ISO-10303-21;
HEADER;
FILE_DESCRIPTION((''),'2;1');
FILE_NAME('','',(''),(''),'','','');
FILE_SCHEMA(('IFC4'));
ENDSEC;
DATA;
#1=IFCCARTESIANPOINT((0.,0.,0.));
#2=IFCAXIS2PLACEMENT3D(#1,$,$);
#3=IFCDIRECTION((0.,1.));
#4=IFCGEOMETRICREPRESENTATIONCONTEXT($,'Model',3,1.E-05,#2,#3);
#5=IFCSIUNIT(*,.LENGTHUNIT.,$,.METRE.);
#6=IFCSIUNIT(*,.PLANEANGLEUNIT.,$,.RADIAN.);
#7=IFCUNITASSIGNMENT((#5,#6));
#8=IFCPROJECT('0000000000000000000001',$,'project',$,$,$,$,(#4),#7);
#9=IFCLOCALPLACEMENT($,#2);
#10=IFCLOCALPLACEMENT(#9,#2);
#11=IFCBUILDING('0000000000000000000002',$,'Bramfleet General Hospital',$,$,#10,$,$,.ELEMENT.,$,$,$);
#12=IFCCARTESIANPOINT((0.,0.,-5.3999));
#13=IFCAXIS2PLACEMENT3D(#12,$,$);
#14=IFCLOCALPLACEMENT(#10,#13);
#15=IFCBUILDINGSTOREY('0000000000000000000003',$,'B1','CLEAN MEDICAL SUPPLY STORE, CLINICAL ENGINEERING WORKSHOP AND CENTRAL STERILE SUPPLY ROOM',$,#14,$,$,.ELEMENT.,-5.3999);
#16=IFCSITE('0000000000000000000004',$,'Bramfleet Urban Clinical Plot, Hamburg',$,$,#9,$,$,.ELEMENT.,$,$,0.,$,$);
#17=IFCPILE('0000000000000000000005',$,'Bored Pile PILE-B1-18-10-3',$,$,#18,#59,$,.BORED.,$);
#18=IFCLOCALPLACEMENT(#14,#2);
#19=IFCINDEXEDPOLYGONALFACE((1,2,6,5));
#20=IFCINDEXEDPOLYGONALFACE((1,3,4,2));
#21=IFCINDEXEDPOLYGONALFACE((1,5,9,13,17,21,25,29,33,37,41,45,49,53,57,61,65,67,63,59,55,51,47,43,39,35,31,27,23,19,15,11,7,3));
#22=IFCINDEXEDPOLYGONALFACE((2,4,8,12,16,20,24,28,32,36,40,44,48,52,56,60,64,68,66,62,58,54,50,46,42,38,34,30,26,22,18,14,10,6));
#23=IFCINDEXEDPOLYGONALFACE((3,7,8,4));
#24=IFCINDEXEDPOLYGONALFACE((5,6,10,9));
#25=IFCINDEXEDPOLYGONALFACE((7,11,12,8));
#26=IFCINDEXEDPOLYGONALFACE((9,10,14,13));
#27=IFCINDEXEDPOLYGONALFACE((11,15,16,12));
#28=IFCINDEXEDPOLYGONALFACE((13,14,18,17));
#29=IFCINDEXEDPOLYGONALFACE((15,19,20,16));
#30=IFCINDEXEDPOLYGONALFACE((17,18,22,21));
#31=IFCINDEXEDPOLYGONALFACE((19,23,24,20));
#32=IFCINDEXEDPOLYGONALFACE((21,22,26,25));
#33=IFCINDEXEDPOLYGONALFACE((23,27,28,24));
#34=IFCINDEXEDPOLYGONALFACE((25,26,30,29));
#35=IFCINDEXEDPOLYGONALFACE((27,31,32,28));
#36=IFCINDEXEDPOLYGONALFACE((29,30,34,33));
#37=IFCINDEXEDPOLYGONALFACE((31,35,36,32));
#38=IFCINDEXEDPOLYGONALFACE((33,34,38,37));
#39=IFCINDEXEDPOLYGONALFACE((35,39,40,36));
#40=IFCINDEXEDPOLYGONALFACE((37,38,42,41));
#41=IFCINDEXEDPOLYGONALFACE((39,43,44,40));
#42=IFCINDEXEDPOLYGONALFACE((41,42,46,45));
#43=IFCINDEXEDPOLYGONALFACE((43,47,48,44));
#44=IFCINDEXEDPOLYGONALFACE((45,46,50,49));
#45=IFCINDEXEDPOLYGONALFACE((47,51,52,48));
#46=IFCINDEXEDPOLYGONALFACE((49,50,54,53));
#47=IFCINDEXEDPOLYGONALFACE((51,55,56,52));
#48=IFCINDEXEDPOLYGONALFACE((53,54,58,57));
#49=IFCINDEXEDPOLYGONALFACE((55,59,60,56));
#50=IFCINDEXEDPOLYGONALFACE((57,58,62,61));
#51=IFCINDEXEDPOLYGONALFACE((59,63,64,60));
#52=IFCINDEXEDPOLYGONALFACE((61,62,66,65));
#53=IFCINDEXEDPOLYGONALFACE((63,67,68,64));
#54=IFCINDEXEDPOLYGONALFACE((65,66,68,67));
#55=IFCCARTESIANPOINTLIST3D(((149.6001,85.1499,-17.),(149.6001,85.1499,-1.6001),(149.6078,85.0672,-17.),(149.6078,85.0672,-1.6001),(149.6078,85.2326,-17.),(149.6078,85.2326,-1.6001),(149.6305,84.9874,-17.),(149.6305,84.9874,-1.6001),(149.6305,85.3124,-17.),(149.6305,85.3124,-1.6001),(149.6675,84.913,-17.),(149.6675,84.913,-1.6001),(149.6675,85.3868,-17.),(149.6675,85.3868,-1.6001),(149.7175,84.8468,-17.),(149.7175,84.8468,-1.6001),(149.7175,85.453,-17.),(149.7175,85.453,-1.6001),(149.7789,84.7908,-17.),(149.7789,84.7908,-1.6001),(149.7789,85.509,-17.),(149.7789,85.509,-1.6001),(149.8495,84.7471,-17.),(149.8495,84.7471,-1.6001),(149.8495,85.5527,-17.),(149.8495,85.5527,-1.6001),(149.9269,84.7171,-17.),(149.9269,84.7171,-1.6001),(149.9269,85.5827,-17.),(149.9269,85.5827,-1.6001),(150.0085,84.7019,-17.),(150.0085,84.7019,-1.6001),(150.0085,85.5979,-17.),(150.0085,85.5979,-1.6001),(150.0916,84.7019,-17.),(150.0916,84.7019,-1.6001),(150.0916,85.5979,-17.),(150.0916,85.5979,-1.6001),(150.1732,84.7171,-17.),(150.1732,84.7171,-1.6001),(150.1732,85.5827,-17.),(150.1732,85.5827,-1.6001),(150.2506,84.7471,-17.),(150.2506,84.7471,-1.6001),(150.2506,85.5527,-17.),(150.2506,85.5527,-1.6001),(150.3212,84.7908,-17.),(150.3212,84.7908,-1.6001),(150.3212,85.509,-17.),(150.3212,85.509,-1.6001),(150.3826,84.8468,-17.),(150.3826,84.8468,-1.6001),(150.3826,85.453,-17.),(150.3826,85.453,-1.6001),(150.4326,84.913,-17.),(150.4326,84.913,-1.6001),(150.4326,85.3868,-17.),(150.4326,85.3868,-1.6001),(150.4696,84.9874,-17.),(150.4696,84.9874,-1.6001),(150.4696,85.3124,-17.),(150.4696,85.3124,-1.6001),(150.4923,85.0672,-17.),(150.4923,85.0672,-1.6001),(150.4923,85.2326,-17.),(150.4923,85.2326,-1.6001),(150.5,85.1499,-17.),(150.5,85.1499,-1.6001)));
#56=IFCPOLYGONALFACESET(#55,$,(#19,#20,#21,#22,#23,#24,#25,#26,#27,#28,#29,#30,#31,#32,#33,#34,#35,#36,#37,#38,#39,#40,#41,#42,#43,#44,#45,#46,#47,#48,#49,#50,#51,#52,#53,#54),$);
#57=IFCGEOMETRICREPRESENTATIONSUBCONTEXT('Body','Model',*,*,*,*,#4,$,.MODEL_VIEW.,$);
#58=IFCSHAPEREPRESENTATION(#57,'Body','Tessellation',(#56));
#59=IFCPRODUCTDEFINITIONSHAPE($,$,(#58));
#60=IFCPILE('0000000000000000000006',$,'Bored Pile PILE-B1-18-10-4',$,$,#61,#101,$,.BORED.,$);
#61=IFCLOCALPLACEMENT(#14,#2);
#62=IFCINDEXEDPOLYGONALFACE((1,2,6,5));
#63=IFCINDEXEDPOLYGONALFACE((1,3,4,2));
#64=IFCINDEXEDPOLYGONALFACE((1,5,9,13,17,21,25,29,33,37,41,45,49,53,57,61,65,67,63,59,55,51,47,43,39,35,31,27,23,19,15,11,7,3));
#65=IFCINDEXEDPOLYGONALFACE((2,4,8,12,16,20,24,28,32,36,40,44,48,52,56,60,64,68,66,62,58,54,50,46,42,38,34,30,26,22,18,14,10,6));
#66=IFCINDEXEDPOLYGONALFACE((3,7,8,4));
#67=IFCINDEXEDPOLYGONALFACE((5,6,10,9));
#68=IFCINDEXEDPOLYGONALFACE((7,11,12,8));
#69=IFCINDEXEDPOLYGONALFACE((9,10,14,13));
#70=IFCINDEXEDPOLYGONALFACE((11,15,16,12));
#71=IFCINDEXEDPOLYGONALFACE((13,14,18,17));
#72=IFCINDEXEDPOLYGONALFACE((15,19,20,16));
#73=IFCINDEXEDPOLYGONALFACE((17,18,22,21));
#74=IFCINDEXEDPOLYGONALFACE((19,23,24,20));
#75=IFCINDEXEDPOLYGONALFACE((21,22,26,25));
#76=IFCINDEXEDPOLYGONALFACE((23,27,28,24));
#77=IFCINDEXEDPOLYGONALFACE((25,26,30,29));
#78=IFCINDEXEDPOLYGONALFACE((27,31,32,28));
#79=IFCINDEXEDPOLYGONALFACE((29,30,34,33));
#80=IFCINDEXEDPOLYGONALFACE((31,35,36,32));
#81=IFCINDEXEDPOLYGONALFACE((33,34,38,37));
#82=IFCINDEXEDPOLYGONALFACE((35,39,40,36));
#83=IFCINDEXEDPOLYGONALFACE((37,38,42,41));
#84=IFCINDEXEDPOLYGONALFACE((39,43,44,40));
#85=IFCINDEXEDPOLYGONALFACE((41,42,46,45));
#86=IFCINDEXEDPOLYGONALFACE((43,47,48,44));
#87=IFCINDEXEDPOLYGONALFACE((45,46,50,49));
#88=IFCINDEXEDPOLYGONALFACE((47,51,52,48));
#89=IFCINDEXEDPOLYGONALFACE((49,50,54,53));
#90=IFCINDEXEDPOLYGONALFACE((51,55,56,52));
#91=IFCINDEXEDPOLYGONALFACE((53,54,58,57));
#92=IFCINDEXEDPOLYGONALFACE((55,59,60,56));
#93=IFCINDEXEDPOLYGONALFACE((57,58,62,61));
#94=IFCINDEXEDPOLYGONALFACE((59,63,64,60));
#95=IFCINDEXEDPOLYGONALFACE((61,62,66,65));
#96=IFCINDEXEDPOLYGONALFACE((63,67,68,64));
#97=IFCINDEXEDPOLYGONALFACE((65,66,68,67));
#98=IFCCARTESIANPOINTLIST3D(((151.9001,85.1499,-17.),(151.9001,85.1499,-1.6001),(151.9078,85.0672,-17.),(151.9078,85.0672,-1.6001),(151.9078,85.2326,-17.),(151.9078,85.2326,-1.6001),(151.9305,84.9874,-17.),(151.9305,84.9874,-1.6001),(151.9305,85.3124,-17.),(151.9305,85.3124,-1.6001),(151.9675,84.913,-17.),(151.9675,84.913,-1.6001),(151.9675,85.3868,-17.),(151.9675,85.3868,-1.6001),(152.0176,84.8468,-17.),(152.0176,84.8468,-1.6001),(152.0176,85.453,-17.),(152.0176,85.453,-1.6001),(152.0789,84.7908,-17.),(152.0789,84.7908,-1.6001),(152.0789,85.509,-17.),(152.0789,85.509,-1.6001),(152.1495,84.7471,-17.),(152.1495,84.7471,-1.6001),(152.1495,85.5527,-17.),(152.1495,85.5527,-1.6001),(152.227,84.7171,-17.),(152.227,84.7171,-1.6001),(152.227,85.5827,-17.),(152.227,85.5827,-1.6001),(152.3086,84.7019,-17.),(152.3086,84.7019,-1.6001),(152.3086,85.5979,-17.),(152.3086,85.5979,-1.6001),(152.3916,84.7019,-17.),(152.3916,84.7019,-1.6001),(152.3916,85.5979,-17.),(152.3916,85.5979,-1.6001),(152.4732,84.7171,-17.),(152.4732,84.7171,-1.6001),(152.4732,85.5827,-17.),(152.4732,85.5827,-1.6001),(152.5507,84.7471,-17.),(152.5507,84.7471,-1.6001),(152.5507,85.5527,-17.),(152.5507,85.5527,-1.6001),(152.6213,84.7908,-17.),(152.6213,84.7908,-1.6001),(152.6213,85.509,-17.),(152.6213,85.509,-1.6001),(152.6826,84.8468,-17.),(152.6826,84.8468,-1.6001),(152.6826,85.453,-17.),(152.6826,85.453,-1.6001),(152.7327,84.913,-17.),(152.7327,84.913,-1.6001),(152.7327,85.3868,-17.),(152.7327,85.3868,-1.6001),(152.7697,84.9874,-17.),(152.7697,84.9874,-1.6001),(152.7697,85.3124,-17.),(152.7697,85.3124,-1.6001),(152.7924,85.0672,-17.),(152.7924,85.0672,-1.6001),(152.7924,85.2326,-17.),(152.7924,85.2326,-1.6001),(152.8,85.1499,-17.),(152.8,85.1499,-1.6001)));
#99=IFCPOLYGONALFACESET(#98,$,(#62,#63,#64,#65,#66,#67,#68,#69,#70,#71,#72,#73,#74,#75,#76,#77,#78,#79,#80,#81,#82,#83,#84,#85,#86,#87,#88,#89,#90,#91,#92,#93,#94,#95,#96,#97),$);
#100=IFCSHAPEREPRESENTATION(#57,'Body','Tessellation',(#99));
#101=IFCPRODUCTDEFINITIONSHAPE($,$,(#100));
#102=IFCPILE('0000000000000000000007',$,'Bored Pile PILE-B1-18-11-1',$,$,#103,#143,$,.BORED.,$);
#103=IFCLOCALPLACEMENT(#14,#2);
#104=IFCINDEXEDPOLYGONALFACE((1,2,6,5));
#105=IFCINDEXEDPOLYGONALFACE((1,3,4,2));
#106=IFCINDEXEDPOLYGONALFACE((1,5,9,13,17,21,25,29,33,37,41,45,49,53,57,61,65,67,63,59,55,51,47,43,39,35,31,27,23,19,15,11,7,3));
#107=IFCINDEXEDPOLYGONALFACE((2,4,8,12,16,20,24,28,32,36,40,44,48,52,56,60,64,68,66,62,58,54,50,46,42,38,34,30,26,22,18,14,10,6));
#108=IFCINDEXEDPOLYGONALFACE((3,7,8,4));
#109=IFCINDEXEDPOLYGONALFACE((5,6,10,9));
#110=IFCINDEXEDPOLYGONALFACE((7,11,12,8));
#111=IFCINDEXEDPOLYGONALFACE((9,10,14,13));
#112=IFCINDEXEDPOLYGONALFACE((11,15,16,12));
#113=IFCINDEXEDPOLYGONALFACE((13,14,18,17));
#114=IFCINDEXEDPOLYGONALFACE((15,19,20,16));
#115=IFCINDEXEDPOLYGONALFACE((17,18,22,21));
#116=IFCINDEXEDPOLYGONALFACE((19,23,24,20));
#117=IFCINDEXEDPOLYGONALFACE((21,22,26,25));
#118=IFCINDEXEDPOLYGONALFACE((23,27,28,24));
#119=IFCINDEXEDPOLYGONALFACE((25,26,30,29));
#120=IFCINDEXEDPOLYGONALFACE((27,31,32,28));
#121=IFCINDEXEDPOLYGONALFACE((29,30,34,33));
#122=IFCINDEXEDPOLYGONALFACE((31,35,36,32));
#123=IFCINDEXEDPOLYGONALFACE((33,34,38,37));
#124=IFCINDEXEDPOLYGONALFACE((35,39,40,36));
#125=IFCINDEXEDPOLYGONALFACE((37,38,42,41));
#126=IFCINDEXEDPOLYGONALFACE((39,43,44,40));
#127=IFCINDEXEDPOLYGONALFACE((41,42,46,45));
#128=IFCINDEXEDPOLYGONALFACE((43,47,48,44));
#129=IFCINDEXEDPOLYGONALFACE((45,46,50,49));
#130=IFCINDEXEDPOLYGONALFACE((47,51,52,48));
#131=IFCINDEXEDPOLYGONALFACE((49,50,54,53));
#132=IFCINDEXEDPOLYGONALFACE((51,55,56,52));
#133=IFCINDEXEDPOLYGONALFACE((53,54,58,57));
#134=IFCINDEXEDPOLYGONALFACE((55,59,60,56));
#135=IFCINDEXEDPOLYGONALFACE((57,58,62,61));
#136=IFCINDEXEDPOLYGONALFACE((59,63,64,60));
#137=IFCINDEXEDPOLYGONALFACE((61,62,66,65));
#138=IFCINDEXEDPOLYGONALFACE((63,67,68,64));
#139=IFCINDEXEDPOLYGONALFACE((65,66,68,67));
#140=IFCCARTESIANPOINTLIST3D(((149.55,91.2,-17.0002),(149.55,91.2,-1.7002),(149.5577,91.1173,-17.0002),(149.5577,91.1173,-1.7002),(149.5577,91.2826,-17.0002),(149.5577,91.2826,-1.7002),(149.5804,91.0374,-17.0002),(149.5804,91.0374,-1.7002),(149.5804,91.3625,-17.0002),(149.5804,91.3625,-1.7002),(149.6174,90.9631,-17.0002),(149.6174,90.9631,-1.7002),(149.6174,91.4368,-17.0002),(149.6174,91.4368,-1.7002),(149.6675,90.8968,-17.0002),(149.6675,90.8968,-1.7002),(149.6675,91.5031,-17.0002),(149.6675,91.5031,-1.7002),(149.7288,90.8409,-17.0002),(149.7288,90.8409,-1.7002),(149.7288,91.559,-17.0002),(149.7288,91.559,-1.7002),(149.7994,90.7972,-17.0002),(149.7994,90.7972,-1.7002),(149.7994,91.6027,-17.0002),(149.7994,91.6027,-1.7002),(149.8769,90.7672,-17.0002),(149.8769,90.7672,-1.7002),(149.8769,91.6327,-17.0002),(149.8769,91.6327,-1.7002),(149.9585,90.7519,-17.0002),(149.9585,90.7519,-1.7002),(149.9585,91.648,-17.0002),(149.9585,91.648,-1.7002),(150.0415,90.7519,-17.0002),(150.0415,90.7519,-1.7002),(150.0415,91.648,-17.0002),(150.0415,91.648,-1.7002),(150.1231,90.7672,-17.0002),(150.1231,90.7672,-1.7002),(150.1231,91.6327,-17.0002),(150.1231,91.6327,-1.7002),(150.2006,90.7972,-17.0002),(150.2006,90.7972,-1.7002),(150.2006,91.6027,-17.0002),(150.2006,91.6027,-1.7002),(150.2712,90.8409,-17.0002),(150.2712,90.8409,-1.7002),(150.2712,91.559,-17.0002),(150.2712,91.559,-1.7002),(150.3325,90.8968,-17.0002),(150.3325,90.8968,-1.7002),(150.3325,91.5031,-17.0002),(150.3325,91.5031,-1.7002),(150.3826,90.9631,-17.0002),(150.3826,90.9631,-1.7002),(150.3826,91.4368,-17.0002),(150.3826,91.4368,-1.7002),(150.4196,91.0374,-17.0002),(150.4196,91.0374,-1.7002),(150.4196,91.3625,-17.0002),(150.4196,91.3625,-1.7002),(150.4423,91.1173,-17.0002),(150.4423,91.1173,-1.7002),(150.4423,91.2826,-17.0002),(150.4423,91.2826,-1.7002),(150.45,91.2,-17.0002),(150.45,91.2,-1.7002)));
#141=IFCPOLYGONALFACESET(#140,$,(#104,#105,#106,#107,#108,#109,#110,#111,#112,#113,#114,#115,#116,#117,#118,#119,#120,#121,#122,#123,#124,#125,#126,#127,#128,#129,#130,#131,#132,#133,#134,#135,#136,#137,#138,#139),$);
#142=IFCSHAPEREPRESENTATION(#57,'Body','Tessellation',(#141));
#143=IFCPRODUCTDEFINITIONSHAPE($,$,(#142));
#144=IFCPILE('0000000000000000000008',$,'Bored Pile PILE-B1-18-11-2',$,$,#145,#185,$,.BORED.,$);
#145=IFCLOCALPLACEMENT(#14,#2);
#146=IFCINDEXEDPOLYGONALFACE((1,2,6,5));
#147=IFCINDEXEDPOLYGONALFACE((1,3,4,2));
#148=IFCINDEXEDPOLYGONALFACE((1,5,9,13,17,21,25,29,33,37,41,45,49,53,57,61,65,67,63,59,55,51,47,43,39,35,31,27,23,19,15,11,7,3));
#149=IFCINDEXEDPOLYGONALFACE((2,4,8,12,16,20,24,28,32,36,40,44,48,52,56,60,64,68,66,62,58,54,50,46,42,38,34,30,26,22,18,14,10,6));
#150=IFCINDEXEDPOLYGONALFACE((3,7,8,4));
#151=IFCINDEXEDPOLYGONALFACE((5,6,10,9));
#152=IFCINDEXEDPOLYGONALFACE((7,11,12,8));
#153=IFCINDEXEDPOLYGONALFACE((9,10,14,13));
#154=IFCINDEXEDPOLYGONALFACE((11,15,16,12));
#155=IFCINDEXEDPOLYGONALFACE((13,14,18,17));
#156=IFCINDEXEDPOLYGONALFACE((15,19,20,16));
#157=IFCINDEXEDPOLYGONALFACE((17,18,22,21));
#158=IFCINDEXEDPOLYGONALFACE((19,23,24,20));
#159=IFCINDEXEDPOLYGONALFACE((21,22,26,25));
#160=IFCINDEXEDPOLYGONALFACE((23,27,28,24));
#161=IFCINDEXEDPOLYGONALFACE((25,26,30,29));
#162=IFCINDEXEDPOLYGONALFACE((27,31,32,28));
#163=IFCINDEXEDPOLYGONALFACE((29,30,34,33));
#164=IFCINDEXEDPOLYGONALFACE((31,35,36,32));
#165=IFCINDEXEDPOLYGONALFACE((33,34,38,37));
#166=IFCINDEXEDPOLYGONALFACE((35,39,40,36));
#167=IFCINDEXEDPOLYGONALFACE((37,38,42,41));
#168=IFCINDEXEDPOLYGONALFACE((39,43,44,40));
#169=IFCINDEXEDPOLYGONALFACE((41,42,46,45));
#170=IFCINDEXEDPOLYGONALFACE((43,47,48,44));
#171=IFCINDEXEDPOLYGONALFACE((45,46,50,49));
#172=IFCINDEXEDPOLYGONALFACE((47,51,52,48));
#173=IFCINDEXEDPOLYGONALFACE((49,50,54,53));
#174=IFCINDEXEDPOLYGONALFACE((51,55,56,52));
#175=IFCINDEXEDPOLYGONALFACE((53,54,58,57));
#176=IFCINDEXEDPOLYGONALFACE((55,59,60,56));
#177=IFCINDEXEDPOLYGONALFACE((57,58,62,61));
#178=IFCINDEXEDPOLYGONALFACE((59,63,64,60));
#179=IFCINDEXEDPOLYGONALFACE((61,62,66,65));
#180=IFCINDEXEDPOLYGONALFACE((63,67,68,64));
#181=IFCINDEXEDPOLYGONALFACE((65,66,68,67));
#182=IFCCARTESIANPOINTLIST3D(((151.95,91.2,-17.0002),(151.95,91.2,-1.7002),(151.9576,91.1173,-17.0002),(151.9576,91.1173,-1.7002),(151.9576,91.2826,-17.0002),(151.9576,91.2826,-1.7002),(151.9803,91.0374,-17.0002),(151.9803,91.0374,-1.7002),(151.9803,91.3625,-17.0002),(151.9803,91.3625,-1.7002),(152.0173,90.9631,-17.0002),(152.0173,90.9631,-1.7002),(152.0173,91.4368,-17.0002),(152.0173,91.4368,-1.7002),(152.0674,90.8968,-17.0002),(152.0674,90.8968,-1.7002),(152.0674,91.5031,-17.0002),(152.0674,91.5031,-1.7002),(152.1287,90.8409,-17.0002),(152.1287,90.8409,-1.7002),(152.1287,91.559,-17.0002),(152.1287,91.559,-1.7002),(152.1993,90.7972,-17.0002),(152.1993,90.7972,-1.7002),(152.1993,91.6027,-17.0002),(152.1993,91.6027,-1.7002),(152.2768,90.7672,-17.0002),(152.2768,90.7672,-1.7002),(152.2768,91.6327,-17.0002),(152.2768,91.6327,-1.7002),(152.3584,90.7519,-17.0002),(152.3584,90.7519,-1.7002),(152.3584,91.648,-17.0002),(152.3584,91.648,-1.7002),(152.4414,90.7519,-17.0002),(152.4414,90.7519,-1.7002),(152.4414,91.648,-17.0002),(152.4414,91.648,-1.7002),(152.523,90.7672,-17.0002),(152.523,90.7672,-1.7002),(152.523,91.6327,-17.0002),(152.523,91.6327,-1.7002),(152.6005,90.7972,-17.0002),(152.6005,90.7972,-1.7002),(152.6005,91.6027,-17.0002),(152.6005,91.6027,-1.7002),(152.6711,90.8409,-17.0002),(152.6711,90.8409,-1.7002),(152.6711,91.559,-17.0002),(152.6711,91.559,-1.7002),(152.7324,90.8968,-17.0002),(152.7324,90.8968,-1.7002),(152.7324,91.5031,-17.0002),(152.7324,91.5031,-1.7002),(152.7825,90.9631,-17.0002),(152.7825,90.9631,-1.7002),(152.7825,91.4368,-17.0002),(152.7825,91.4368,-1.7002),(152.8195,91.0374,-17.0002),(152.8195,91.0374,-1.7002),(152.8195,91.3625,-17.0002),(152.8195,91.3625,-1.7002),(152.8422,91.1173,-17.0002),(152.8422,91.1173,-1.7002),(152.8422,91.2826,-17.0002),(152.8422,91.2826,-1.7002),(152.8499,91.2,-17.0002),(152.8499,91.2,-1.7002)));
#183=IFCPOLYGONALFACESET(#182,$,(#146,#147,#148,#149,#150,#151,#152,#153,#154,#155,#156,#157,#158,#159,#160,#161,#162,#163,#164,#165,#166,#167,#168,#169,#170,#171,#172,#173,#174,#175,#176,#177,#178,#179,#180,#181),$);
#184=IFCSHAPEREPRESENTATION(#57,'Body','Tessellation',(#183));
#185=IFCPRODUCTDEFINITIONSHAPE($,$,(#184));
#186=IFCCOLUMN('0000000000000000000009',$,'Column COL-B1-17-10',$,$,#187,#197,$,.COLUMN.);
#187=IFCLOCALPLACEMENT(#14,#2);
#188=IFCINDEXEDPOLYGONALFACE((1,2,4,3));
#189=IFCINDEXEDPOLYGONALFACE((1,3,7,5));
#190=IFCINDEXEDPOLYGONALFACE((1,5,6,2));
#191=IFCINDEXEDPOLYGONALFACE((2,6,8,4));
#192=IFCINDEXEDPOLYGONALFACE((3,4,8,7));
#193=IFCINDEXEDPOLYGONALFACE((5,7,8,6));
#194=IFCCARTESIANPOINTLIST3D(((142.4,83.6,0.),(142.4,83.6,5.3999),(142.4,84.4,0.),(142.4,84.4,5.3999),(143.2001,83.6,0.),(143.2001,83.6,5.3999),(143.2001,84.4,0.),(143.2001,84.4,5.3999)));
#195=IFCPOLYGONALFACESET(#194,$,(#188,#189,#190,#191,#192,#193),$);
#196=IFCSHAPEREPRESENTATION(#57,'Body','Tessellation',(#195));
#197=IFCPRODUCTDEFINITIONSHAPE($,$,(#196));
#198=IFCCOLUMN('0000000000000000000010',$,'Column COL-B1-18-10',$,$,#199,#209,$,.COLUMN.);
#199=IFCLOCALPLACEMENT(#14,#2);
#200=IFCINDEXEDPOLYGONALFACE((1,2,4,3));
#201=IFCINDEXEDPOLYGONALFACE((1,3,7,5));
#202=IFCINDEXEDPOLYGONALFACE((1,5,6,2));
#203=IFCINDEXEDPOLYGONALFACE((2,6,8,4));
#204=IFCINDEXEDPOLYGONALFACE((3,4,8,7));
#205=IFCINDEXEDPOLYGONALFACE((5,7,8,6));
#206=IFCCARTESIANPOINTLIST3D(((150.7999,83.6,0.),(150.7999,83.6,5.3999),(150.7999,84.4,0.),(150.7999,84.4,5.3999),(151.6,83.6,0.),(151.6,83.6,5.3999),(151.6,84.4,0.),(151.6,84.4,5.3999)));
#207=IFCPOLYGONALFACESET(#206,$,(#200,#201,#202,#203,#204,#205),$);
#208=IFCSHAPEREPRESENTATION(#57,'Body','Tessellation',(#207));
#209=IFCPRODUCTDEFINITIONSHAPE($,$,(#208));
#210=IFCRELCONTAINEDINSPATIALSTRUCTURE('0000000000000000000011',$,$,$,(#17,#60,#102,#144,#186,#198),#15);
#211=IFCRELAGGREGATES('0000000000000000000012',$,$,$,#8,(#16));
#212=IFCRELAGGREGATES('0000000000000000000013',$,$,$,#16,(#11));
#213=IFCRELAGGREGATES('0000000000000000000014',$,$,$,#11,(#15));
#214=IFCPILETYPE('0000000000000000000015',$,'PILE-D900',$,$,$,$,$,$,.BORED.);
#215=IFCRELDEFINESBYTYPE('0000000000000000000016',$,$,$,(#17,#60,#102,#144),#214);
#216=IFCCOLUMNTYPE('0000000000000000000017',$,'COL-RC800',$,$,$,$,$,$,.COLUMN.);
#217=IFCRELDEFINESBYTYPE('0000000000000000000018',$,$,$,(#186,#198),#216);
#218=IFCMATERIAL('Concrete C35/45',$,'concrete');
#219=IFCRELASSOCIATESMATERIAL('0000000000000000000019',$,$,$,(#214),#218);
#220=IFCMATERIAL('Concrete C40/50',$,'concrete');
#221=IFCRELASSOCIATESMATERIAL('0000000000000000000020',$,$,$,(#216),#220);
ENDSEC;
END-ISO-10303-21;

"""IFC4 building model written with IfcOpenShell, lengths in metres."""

from ifc_helpers import new_model, si_unit, direction, frame, origin, origin_2d, place, context, subcontext, project, spatial, rectangle, circle, extrude, material, material_profile, profile_set, type_object, element, save


model = new_model("IFC4")

# Units and contexts
model_context = context("Model", 3, precision=1e-05, world=origin(), true_north=direction((0.0, 1.0)))
body_context = subcontext(model_context, "Body", "Model", "MODEL_VIEW")
ifc_project = project(units=[si_unit("LENGTHUNIT", "METRE"), si_unit("PLANEANGLEUNIT", "RADIAN")], contexts=[model_context])

# Site, building, storey
site_placement = place(None, origin())
site = spatial("IfcSite", under=ifc_project, at=site_placement, Name="Bramfleet Urban Clinical Plot, Hamburg", CompositionType="ELEMENT", RefElevation=0.0)
building_placement = place(site_placement, origin())
building = spatial("IfcBuilding", under=site, at=building_placement, Name="Bramfleet General Hospital", CompositionType="ELEMENT")
storey_placement = place(building_placement, frame((0.0, 0.0, -5.3999)))
storey = spatial("IfcBuildingStorey", under=building, at=storey_placement, Name="B1", Description="CLEAN MEDICAL SUPPLY STORE, CLINICAL ENGINEERING WORKSHOP AND CENTRAL STERILE SUPPLY ROOM", CompositionType="ELEMENT", Elevation=-5.3999)

# Shared definitions
ifc_material_1 = material(Name="Concrete C35/45", Category="concrete")

# Piles
ifc_material_profile_1 = material_profile(ifc_material_1, circle(Radius=0.45, at=origin_2d()), Name="PILE BORED D900")
ifc_profile_set_1 = profile_set([ifc_material_profile_1], Name="Concrete C35/45")
pile_type = type_object("IfcPileType", Name="PILE-D900", PredefinedType="BORED", material=ifc_profile_set_1)
for number, where, z_axis, x_axis, name in (
    (1, (150.05, 85.1499, -1.6001), (0.0, 0.0, -1.0), (1.0, 0.0, 0.0), "Bored Pile PILE-B1-18-10-3"),
    (2, (152.3501, 85.1499, -1.6001), (0.0, 0.0, -1.0), (1.0, 0.0, 0.0), "Bored Pile PILE-B1-18-10-4"),
):
    element("IfcPile", number, at=place(storey_placement, frame(where, z_axis=z_axis, x_axis=x_axis)), inside=storey, type_object=pile_type, Name=name, PredefinedType="BORED", context=body_context, shape_type="SweptSolid", body=[
        extrude(circle(Radius=0.45, at=origin_2d()), origin(), (0.0, 0.0, 1.0), 15.3999),
    ])
for number, where, z_axis, x_axis, name in (
    (3, (150.0, 91.2, -1.7002), (0.0, 0.0, -1.0), (1.0, 0.0, 0.0), "Bored Pile PILE-B1-18-11-1"),
    (4, (152.3999, 91.2, -1.7002), (0.0, 0.0, -1.0), (1.0, 0.0, 0.0), "Bored Pile PILE-B1-18-11-2"),
):
    element("IfcPile", number, at=place(storey_placement, frame(where, z_axis=z_axis, x_axis=x_axis)), inside=storey, type_object=pile_type, Name=name, PredefinedType="BORED", context=body_context, shape_type="SweptSolid", body=[
        extrude(circle(Radius=0.45, at=origin_2d()), origin(), (0.0, 0.0, 1.0), 15.3),
    ])

# Columns
ifc_material_2 = material(Name="Concrete C40/50", Category="concrete")
ifc_material_profile_2 = material_profile(ifc_material_2, rectangle(XDim=0.8, YDim=0.8, at=origin_2d()), Name="RC COL 800x800")
ifc_profile_set_2 = profile_set([ifc_material_profile_2], Name="Concrete C40/50")
column_type = type_object("IfcColumnType", Name="COL-RC800", PredefinedType="COLUMN", material=ifc_profile_set_2)
for number, where, z_axis, x_axis, name in (
    (5, (142.8, 84.0, 0.0), (0.0, 0.0, 1.0), (1.0, 0.0, 0.0), "Column COL-B1-17-10"),
    (6, (151.2, 84.0, 0.0), (0.0, 0.0, 1.0), (1.0, 0.0, 0.0), "Column COL-B1-18-10"),
):
    element("IfcColumn", number, at=place(storey_placement, frame(where, z_axis=z_axis, x_axis=x_axis)), inside=storey, type_object=column_type, Name=name, PredefinedType="COLUMN", context=body_context, shape_type="SweptSolid", body=[
        extrude(rectangle(XDim=0.8, YDim=0.8, at=origin_2d()), origin(), (0.0, 0.0, 1.0), 5.3999),
    ])

save(model, "model.ifc")
